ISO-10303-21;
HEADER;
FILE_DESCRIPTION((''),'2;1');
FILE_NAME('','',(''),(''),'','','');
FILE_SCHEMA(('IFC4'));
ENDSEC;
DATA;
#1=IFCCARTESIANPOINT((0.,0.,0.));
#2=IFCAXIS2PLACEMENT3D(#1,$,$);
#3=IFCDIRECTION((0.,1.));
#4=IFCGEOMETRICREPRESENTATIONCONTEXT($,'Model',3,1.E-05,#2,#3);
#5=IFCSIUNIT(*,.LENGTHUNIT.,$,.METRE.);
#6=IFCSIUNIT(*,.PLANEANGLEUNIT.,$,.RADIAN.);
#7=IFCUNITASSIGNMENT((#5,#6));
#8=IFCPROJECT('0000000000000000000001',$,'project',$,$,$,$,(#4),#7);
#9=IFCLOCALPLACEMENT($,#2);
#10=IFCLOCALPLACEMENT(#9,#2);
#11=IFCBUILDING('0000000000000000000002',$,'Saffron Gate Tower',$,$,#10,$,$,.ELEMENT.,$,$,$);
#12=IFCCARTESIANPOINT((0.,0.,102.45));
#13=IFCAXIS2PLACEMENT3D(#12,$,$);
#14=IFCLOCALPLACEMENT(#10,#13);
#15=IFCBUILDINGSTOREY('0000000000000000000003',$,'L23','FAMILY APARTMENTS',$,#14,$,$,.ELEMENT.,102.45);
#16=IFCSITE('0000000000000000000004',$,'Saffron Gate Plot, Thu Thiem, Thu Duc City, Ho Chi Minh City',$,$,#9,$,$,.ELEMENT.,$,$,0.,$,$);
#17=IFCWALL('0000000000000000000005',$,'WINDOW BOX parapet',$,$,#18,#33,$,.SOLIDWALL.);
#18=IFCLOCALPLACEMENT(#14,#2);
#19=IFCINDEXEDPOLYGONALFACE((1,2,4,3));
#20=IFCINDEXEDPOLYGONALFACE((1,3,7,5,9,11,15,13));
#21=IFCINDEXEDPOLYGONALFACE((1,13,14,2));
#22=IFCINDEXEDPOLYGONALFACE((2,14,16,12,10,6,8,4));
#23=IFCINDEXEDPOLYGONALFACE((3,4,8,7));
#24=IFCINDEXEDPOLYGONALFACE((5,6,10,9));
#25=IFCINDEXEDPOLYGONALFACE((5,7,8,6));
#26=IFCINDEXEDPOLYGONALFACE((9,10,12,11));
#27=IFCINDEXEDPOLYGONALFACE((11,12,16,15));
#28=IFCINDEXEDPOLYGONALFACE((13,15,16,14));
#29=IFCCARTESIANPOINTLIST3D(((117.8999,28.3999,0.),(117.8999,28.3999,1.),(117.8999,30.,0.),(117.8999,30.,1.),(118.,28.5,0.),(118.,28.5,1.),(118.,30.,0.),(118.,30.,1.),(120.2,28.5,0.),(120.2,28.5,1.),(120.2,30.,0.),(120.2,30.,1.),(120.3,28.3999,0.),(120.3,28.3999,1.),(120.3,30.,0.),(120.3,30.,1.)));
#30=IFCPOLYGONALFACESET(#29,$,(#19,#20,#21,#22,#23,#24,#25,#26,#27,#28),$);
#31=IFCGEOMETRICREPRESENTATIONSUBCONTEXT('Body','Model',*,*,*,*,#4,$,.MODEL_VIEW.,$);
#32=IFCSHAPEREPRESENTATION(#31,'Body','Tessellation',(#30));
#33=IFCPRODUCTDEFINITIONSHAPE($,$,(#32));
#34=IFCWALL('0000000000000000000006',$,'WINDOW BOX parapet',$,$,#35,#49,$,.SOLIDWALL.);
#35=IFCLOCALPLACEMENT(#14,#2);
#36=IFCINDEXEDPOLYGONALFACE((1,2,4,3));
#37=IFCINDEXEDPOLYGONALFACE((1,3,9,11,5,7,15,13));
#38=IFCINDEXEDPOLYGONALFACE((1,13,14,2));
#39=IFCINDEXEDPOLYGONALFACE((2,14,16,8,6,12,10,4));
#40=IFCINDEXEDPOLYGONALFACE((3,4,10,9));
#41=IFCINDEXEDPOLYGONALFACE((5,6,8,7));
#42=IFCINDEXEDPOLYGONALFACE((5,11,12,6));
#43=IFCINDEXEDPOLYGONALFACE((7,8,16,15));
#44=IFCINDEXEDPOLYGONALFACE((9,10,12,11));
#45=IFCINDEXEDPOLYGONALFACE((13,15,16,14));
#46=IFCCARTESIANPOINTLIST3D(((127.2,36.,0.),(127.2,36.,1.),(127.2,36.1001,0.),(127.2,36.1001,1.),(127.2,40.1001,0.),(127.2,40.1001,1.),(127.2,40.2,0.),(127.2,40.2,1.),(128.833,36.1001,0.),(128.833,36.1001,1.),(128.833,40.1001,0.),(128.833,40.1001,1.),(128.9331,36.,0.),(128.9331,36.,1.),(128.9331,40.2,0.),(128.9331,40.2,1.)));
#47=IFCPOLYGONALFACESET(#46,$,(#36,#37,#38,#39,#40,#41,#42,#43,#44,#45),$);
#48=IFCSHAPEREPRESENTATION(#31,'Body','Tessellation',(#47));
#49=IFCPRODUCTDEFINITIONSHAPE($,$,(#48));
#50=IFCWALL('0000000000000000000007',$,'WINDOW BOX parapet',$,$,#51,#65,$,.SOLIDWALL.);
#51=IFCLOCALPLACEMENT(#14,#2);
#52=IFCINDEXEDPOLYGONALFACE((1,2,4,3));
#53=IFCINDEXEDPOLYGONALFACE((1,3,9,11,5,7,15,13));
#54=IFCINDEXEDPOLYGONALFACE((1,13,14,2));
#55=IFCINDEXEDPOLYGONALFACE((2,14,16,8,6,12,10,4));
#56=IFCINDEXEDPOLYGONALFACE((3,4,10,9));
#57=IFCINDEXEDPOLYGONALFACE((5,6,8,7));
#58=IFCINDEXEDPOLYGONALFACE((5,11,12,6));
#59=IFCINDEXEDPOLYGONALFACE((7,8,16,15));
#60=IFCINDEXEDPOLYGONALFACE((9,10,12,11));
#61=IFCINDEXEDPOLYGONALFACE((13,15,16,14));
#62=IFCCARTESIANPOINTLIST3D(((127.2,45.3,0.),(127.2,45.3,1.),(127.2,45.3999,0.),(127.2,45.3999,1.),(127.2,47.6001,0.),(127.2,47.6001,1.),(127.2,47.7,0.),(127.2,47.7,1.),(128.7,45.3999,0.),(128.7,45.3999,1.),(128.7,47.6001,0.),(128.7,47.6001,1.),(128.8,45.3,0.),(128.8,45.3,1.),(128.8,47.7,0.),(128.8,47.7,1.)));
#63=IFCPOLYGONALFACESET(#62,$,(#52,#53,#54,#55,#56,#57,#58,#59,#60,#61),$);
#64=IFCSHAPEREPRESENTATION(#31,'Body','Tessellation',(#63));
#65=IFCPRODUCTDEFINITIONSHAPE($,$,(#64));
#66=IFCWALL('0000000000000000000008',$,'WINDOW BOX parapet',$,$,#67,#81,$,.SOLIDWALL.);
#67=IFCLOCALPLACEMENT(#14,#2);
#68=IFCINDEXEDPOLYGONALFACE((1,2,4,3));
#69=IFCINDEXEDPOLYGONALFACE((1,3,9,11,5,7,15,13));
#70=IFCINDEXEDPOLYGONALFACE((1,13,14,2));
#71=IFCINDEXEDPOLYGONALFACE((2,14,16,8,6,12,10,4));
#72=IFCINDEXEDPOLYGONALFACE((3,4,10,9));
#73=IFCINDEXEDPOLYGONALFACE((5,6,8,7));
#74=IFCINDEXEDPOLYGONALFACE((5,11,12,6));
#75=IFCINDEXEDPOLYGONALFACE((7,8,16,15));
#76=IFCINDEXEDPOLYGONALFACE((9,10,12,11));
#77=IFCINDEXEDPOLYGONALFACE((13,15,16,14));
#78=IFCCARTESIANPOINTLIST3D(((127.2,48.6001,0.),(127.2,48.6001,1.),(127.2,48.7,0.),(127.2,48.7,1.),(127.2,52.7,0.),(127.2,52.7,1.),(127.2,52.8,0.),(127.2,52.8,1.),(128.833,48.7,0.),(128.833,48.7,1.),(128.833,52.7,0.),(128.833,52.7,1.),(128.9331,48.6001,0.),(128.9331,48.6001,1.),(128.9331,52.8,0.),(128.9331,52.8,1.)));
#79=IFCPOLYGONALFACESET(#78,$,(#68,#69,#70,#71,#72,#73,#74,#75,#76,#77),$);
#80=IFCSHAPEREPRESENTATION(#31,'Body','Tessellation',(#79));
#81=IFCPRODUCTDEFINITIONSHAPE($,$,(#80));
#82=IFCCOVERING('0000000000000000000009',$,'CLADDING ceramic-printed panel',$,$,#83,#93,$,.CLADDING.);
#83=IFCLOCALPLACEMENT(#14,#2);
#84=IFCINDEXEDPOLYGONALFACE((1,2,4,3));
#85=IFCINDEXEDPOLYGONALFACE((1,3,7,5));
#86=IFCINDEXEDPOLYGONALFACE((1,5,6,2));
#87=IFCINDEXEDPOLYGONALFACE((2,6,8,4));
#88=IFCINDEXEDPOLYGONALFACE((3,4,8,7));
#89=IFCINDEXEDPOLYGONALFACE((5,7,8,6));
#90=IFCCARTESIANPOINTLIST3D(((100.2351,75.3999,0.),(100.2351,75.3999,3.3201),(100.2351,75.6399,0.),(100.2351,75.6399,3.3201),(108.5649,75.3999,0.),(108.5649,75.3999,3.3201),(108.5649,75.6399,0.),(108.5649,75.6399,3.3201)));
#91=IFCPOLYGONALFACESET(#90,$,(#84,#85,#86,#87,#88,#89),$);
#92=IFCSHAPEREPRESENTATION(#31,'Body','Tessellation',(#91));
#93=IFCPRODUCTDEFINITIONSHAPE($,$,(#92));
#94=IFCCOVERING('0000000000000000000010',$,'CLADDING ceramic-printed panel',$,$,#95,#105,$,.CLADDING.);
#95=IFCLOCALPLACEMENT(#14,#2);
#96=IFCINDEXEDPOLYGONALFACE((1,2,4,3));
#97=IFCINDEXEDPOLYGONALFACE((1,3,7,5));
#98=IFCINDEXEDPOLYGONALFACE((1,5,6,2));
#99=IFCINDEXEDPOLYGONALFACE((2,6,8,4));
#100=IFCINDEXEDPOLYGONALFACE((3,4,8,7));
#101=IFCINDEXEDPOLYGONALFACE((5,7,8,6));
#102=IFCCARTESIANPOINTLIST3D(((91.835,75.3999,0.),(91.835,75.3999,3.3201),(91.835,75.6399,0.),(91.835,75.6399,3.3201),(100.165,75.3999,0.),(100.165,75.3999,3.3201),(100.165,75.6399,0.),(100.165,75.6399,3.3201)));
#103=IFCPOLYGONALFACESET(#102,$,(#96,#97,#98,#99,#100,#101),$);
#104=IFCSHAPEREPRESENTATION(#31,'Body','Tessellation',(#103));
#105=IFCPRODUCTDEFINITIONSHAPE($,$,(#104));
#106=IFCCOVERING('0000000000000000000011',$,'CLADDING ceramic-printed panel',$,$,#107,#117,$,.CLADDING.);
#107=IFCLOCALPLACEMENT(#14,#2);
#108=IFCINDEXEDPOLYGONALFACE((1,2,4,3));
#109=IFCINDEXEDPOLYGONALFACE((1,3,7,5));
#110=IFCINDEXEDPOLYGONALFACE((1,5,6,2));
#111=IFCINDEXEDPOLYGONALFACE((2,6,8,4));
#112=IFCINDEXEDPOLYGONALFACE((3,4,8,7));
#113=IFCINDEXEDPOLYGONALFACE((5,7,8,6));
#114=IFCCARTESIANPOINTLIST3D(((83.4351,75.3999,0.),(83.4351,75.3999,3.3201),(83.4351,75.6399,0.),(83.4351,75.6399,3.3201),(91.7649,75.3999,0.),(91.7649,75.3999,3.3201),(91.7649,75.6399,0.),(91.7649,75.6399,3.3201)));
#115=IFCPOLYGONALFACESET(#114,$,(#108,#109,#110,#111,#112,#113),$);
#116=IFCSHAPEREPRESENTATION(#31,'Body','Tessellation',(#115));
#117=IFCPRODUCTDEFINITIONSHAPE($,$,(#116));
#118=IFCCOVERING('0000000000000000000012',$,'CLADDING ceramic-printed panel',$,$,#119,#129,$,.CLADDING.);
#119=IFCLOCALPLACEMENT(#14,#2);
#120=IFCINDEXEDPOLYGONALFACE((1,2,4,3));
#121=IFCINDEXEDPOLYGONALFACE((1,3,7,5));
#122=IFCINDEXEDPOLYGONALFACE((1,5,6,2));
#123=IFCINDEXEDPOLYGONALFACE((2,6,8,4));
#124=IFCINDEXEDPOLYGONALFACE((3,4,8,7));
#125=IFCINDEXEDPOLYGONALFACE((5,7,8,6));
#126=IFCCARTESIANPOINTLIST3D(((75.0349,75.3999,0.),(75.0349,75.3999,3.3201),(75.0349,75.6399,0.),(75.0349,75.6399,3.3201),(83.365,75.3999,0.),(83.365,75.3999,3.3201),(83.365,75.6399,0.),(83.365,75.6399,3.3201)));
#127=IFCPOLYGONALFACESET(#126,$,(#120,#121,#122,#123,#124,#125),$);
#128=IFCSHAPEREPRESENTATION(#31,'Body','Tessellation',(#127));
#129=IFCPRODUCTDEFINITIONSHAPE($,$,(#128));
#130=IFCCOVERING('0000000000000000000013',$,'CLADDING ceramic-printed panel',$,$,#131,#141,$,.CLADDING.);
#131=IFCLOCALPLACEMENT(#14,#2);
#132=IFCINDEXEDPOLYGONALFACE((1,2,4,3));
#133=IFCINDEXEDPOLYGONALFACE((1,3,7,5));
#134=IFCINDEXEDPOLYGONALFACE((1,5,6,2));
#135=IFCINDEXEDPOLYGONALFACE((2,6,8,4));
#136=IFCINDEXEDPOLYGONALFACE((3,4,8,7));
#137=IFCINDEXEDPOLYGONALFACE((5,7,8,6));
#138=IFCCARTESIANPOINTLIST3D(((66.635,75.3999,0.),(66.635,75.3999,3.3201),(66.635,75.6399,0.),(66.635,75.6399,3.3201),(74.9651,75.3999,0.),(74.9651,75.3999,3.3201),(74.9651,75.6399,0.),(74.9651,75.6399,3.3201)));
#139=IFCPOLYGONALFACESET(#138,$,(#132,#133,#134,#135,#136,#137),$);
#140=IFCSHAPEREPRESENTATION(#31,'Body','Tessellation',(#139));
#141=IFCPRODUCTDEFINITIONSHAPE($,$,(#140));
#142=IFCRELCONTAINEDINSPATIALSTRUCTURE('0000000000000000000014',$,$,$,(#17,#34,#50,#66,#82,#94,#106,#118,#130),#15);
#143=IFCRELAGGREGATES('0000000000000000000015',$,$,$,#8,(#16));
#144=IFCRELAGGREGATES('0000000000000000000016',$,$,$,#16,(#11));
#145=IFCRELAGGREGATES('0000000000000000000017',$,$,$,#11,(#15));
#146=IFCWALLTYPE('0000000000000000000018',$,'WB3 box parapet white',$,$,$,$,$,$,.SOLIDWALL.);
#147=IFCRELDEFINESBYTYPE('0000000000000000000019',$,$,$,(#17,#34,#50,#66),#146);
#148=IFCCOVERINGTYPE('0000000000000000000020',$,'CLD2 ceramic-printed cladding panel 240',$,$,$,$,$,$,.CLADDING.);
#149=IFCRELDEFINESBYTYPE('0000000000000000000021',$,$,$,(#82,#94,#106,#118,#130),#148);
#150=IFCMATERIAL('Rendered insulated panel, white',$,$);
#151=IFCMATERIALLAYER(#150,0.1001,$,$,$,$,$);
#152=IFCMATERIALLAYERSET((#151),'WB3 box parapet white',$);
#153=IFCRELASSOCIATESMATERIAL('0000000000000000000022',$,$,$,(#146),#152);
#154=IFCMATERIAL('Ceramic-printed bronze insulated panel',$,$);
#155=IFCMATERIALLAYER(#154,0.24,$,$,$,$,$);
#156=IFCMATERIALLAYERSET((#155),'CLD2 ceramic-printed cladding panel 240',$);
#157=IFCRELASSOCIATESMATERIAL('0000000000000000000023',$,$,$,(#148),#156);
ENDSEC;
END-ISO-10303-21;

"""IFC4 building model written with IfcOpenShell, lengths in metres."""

from ifc_helpers import new_model, si_unit, direction, frame, origin, place, context, subcontext, project, spatial, polyline, outline, extrude, material, layer, layer_set, type_object, element, save


model = new_model("IFC4")

# Units and contexts
model_context = context("Model", 3, precision=1e-05, world=origin(), true_north=direction((0.0, 1.0)))
body_context = subcontext(model_context, "Body", "Model", "MODEL_VIEW")
ifc_project = project(units=[si_unit("LENGTHUNIT", "METRE"), si_unit("PLANEANGLEUNIT", "RADIAN")], contexts=[model_context])

# Site, building, storey
site_placement = place(None, origin())
site = spatial("IfcSite", under=ifc_project, at=site_placement, Name="Saffron Gate Plot, Thu Thiem, Thu Duc City, Ho Chi Minh City", CompositionType="ELEMENT", RefElevation=0.0)
building_placement = place(site_placement, origin())
building = spatial("IfcBuilding", under=site, at=building_placement, Name="Saffron Gate Tower", CompositionType="ELEMENT")
storey_placement = place(building_placement, frame((0.0, 0.0, 102.45)))
storey = spatial("IfcBuildingStorey", under=building, at=storey_placement, Name="L23", Description="FAMILY APARTMENTS", CompositionType="ELEMENT", Elevation=102.45)

# Walls
ifc_material_1 = material(Name="Rendered insulated panel, white")
ifc_layer_1 = layer(ifc_material_1, 0.1001)
ifc_layer_set_1 = layer_set([ifc_layer_1], Name="WB3 box parapet white")
wall_type = type_object("IfcWallType", Name="WB3 box parapet white", PredefinedType="SOLIDWALL", material=ifc_layer_set_1)
wall_1_placement = place(storey_placement, origin())
element("IfcWall", 1, at=wall_1_placement, inside=storey, type_object=wall_type, Name="WINDOW BOX parapet", PredefinedType="SOLIDWALL", context=body_context, shape_type="SweptSolid", body=[
    extrude(outline(polyline([(117.8999, 30.0), (118.0, 30.0), (118.0, 28.5), (120.2, 28.5), (120.2, 30.0), (120.3, 30.0), (120.3, 28.3999), (117.8999, 28.3999), (117.8999, 30.0)])), origin(), (0.0, 0.0, 1.0), 1.0),
])
wall_2_placement = place(storey_placement, origin())
element("IfcWall", 2, at=wall_2_placement, inside=storey, type_object=wall_type, Name="WINDOW BOX parapet", PredefinedType="SOLIDWALL", context=body_context, shape_type="SweptSolid", body=[
    extrude(outline(polyline([(127.2, 36.0), (127.2, 36.1001), (128.833, 36.1001), (128.833, 40.1001), (127.2, 40.1001), (127.2, 40.2), (128.9331, 40.2), (128.9331, 36.0), (127.2, 36.0)])), origin(), (0.0, 0.0, 1.0), 1.0),
])
wall_3_placement = place(storey_placement, origin())
element("IfcWall", 3, at=wall_3_placement, inside=storey, type_object=wall_type, Name="WINDOW BOX parapet", PredefinedType="SOLIDWALL", context=body_context, shape_type="SweptSolid", body=[
    extrude(outline(polyline([(127.2, 45.3), (127.2, 45.3999), (128.7, 45.3999), (128.7, 47.6001), (127.2, 47.6001), (127.2, 47.7), (128.8, 47.7), (128.8, 45.3), (127.2, 45.3)])), origin(), (0.0, 0.0, 1.0), 1.0),
])
wall_4_placement = place(storey_placement, origin())
element("IfcWall", 4, at=wall_4_placement, inside=storey, type_object=wall_type, Name="WINDOW BOX parapet", PredefinedType="SOLIDWALL", context=body_context, shape_type="SweptSolid", body=[
    extrude(outline(polyline([(127.2, 48.6001), (127.2, 48.7), (128.833, 48.7), (128.833, 52.7), (127.2, 52.7), (127.2, 52.8), (128.9331, 52.8), (128.9331, 48.6001), (127.2, 48.6001)])), origin(), (0.0, 0.0, 1.0), 1.0),
])

# Coverings
ifc_material_2 = material(Name="Ceramic-printed bronze insulated panel")
ifc_layer_2 = layer(ifc_material_2, 0.24)
ifc_layer_set_2 = layer_set([ifc_layer_2], Name="CLD2 ceramic-printed cladding panel 240")
covering_type = type_object("IfcCoveringType", Name="CLD2 ceramic-printed cladding panel 240", PredefinedType="CLADDING", material=ifc_layer_set_2)
covering_1_placement = place(storey_placement, origin())
element("IfcCovering", 5, at=covering_1_placement, inside=storey, type_object=covering_type, Name="CLADDING ceramic-printed panel", PredefinedType="CLADDING", context=body_context, shape_type="SweptSolid", body=[
    extrude(outline(polyline([(108.5649, 75.6399), (100.2351, 75.6399), (100.2351, 75.3999), (108.5649, 75.3999), (108.5649, 75.6399)])), origin(), (0.0, 0.0, 1.0), 3.3201),
])
covering_2_placement = place(storey_placement, origin())
element("IfcCovering", 6, at=covering_2_placement, inside=storey, type_object=covering_type, Name="CLADDING ceramic-printed panel", PredefinedType="CLADDING", context=body_context, shape_type="SweptSolid", body=[
    extrude(outline(polyline([(100.165, 75.6399), (91.835, 75.6399), (91.835, 75.3999), (100.165, 75.3999), (100.165, 75.6399)])), origin(), (0.0, 0.0, 1.0), 3.3201),
])
covering_3_placement = place(storey_placement, origin())
element("IfcCovering", 7, at=covering_3_placement, inside=storey, type_object=covering_type, Name="CLADDING ceramic-printed panel", PredefinedType="CLADDING", context=body_context, shape_type="SweptSolid", body=[
    extrude(outline(polyline([(91.7649, 75.6399), (83.4351, 75.6399), (83.4351, 75.3999), (91.7649, 75.3999), (91.7649, 75.6399)])), origin(), (0.0, 0.0, 1.0), 3.3201),
])
covering_4_placement = place(storey_placement, origin())
element("IfcCovering", 8, at=covering_4_placement, inside=storey, type_object=covering_type, Name="CLADDING ceramic-printed panel", PredefinedType="CLADDING", context=body_context, shape_type="SweptSolid", body=[
    extrude(outline(polyline([(83.365, 75.6399), (75.0349, 75.6399), (75.0349, 75.3999), (83.365, 75.3999), (83.365, 75.6399)])), origin(), (0.0, 0.0, 1.0), 3.3201),
])
covering_5_placement = place(storey_placement, origin())
element("IfcCovering", 9, at=covering_5_placement, inside=storey, type_object=covering_type, Name="CLADDING ceramic-printed panel", PredefinedType="CLADDING", context=body_context, shape_type="SweptSolid", body=[
    extrude(outline(polyline([(74.9651, 75.6399), (66.635, 75.6399), (66.635, 75.3999), (74.9651, 75.3999), (74.9651, 75.6399)])), origin(), (0.0, 0.0, 1.0), 3.3201),
])

save(model, "model.ifc")
